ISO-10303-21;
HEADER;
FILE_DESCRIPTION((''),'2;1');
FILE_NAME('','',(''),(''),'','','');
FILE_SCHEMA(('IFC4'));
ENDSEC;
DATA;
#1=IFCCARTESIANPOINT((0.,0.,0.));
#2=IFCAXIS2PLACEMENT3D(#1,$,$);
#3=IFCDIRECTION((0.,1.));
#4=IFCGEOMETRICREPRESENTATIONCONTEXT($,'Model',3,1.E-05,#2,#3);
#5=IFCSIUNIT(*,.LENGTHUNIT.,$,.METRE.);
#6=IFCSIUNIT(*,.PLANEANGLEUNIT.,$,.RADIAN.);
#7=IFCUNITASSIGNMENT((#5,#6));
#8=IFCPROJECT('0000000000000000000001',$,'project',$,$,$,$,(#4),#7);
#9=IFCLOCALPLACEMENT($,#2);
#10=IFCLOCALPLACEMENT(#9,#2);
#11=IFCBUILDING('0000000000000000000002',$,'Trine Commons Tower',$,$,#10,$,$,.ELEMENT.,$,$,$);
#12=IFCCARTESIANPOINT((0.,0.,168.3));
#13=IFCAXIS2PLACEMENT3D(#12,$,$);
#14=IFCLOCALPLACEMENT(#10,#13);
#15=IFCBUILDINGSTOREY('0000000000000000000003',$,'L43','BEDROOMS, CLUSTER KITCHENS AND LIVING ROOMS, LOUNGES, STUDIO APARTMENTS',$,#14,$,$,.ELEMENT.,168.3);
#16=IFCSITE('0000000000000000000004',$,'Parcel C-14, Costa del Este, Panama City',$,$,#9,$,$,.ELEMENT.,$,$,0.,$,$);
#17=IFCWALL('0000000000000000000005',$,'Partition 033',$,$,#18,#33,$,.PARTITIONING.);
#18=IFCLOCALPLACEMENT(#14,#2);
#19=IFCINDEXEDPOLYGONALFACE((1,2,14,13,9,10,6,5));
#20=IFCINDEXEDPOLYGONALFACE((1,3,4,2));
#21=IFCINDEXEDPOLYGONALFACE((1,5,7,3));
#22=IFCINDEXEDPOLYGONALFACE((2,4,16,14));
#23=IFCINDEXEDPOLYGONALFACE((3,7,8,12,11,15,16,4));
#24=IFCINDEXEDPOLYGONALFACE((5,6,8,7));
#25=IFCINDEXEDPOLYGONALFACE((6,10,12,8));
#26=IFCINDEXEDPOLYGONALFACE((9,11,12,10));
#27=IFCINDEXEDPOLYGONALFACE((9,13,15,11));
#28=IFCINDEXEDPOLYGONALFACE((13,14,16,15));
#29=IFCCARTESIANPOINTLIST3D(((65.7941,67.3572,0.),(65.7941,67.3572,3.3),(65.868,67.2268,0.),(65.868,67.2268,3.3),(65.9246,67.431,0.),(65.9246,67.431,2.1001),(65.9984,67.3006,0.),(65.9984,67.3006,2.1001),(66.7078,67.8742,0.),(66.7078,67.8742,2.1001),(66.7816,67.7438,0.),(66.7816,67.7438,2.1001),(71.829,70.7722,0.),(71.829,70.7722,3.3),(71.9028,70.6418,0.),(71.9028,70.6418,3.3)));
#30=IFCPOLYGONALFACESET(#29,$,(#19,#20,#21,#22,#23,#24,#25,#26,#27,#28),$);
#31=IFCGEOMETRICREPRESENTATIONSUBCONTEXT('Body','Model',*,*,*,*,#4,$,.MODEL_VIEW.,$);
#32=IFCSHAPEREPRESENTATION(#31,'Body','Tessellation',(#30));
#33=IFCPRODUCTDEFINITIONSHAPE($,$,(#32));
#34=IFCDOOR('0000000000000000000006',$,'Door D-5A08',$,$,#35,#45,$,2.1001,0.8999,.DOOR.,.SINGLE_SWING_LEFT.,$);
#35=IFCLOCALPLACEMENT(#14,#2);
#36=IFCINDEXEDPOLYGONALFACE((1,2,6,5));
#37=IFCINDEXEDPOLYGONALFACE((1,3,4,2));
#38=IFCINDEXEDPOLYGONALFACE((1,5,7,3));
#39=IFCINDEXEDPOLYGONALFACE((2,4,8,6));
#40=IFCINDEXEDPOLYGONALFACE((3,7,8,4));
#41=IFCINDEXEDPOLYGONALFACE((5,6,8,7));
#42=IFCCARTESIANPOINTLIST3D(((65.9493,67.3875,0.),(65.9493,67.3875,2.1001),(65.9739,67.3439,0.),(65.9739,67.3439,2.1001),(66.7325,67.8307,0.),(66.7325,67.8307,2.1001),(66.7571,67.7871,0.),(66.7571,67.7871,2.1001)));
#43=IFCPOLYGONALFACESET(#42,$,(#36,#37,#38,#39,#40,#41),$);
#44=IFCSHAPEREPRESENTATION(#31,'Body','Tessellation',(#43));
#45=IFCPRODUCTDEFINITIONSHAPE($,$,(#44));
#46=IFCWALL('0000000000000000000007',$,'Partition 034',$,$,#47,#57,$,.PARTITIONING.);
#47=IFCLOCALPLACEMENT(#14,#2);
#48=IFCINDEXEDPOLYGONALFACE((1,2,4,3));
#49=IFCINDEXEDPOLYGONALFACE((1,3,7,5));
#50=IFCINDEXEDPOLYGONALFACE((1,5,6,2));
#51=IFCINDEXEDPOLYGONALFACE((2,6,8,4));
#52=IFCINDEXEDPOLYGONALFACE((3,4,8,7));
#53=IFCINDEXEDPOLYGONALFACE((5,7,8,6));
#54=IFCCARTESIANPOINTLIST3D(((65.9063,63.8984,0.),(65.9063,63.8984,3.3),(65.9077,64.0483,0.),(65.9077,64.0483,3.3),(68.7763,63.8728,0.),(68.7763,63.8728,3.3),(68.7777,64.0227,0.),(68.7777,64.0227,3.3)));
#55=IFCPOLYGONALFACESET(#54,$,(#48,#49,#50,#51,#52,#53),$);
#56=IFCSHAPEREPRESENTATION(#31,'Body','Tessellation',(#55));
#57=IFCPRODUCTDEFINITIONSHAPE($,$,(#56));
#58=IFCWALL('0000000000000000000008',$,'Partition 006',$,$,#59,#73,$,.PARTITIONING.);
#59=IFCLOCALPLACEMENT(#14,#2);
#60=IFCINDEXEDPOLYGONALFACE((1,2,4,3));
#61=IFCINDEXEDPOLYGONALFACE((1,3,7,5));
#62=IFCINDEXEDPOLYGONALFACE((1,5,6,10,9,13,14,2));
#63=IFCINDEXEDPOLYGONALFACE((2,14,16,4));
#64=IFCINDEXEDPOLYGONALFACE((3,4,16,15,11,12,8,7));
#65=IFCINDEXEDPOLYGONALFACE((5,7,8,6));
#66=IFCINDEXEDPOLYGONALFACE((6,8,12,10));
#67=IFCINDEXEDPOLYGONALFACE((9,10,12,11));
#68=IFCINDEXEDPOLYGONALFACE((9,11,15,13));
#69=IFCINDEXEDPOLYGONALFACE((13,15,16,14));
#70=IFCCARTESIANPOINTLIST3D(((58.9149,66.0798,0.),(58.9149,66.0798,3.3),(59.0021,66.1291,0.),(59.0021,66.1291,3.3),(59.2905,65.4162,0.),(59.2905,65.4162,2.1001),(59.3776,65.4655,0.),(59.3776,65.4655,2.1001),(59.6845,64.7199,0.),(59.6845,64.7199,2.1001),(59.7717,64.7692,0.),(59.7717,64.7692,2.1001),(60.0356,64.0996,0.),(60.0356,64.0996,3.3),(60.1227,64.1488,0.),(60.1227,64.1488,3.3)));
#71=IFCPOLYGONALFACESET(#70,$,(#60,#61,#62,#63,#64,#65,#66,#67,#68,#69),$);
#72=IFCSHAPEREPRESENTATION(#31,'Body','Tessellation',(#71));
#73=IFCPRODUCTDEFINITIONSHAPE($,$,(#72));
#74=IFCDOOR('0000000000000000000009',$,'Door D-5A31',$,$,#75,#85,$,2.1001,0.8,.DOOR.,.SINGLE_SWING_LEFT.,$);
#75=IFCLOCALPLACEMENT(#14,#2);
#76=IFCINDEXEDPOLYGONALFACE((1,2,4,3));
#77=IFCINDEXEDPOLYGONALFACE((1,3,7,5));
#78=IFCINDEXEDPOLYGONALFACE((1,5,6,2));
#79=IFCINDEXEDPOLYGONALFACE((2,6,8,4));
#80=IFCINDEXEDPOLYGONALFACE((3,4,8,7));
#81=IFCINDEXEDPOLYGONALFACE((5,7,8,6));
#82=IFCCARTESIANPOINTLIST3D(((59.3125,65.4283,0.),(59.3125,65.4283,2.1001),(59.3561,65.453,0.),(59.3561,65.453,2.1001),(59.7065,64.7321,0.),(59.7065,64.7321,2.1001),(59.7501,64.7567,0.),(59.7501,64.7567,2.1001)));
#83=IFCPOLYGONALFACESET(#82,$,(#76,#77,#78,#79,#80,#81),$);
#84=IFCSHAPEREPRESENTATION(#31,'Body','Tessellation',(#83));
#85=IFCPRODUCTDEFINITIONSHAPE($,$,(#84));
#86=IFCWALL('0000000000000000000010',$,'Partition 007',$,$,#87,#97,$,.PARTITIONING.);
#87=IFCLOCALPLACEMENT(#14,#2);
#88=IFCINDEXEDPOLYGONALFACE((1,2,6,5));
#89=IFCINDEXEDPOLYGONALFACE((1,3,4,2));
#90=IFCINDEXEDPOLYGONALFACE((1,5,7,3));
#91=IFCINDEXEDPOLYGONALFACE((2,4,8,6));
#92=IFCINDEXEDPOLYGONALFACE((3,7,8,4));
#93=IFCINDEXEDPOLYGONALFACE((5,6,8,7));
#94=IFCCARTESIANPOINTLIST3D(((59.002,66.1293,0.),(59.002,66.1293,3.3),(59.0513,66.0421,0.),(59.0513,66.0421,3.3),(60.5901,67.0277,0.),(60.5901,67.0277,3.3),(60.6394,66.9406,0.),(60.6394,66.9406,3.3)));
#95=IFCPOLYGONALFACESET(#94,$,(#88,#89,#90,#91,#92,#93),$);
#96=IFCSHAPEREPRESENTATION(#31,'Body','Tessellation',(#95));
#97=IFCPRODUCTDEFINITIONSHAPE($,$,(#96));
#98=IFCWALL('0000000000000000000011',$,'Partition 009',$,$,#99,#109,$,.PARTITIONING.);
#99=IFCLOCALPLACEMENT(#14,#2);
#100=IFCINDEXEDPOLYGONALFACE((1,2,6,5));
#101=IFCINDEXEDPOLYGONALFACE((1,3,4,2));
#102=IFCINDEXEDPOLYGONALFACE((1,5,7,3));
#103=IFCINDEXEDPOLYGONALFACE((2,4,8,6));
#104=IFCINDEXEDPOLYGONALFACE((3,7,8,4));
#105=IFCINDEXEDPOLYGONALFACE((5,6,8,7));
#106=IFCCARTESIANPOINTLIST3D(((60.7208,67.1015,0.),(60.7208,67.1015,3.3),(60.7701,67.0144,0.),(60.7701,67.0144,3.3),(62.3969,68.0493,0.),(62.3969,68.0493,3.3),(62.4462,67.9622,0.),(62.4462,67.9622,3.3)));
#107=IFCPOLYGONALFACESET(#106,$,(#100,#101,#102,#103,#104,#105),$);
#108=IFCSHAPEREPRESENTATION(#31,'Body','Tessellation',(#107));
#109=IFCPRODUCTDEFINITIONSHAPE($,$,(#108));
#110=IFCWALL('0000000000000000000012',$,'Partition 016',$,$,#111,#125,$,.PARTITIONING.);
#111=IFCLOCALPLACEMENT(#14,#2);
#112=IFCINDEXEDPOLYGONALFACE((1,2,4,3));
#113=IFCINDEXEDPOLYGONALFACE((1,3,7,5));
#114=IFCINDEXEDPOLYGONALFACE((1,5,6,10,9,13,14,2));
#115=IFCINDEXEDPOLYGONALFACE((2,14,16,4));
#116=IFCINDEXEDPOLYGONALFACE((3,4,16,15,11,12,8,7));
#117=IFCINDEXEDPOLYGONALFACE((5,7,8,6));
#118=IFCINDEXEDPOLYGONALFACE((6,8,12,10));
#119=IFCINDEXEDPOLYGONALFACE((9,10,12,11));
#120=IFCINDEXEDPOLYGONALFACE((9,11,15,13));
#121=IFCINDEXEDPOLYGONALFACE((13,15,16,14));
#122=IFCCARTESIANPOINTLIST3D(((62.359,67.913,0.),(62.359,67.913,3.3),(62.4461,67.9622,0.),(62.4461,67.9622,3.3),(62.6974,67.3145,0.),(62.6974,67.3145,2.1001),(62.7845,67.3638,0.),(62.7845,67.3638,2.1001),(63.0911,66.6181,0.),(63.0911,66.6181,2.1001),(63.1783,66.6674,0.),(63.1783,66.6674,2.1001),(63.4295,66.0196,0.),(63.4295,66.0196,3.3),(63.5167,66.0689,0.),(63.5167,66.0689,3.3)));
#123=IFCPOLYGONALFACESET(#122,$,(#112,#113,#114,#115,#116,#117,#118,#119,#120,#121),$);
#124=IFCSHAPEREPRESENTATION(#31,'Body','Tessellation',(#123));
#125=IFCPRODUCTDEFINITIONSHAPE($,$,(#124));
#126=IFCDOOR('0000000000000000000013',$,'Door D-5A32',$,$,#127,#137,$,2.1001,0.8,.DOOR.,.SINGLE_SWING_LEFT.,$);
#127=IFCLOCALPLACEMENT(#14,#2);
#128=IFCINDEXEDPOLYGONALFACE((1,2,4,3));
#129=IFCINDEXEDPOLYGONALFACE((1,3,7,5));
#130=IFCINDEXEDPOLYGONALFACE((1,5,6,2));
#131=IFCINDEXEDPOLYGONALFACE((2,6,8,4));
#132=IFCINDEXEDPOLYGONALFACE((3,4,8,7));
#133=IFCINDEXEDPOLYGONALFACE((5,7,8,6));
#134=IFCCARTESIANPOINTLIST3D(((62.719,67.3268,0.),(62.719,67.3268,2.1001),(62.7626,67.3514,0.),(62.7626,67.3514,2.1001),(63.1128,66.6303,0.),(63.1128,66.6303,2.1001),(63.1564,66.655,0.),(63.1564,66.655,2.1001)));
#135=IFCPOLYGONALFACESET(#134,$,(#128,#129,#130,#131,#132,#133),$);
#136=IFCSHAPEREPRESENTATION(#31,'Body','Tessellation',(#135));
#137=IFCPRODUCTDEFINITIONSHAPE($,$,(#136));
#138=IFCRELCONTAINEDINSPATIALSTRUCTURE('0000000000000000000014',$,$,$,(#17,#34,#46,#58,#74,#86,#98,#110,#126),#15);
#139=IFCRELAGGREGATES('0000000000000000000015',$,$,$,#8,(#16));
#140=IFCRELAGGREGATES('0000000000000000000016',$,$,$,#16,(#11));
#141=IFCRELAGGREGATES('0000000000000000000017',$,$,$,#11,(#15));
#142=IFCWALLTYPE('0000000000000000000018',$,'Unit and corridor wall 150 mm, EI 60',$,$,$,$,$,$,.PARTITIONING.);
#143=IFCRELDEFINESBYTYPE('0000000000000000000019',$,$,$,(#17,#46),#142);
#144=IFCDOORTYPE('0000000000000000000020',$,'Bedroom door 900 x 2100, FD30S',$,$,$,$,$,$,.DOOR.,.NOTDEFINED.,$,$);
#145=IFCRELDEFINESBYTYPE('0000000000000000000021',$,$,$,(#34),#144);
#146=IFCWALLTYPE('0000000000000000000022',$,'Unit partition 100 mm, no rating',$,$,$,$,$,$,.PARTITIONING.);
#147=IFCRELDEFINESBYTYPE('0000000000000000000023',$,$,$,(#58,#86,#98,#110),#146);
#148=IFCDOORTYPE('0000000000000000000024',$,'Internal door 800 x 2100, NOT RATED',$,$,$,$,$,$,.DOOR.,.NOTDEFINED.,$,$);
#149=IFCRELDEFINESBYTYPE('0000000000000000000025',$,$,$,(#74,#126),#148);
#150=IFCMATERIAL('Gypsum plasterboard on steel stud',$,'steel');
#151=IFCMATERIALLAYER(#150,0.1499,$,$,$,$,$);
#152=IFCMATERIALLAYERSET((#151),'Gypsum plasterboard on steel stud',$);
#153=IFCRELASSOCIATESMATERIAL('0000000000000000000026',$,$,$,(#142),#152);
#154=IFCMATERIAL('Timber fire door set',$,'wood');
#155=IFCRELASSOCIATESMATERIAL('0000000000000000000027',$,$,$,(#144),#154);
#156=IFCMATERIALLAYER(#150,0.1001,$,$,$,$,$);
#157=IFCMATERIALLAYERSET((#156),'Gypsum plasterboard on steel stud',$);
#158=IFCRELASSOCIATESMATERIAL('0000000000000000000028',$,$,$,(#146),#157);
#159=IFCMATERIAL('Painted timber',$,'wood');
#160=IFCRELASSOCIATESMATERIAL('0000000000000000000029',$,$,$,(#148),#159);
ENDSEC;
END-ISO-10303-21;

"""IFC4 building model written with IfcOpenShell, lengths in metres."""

from ifc_helpers import new_model, si_unit, direction, frame, frame_2d, origin, place, context, subcontext, project, spatial, rectangle, extrude, material, layer, layer_set, type_object, element, fill, save


model = new_model("IFC4")

# Units and contexts
model_context = context("Model", 3, precision=1e-05, world=origin(), true_north=direction((0.0, 1.0)))
body_context = subcontext(model_context, "Body", "Model", "MODEL_VIEW")
ifc_project = project(units=[si_unit("LENGTHUNIT", "METRE"), si_unit("PLANEANGLEUNIT", "RADIAN")], contexts=[model_context])

# Site, building, storey
site_placement = place(None, origin())
site = spatial("IfcSite", under=ifc_project, at=site_placement, Name="Parcel C-14, Costa del Este, Panama City", CompositionType="ELEMENT", RefElevation=0.0)
building_placement = place(site_placement, origin())
building = spatial("IfcBuilding", under=site, at=building_placement, Name="Trine Commons Tower", CompositionType="ELEMENT")
storey_placement = place(building_placement, frame((0.0, 0.0, 168.3)))
storey = spatial("IfcBuildingStorey", under=building, at=storey_placement, Name="L43", Description="BEDROOMS, CLUSTER KITCHENS AND LIVING ROOMS, LOUNGES, STUDIO APARTMENTS", CompositionType="ELEMENT", Elevation=168.3)

# Shared definitions
ifc_material_1 = material(Name="Gypsum plasterboard on steel stud", Category="steel")
ifc_layer_1 = layer(ifc_material_1, 0.1499)
ifc_layer_set_1 = layer_set([ifc_layer_1], Name="Gypsum plasterboard on steel stud")
wall_type_1 = type_object("IfcWallType", Name="Unit and corridor wall 150 mm, EI 60", PredefinedType="PARTITIONING", material=ifc_layer_set_1)

# Shared definitions
ifc_material_2 = material(Name="Timber fire door set", Category="wood")

# Shared definitions
ifc_material_3 = material(Name="Painted timber", Category="wood")

# Wall, opening, door
wall_1_placement = place(storey_placement, frame((65.8311, 67.292, 0.0), z_axis=(0.0, 0.0, 1.0), x_axis=(0.870316, 0.492495, 0.0)))
wall_1 = element("IfcWall", 1, at=wall_1_placement, inside=storey, type_object=wall_type_1, Name="Partition 033", PredefinedType="PARTITIONING", context=body_context, shape_type="SweptSolid", body=[
    extrude(rectangle(XDim=6.9341, YDim=0.1499, at=frame_2d((3.467, 0.0))), origin(), (0.0, 0.0, 1.0), 3.3),
])
opening_1_placement = place(wall_1_placement, frame((0.1499, 0.0, 0.0)))
opening_1 = element("IfcOpeningElement", 2, at=opening_1_placement, cuts=wall_1, PredefinedType="OPENING", context=body_context, shape_type="SweptSolid", body=[
    extrude(rectangle(XDim=0.8999, YDim=2.1001, at=frame_2d((0.45, 1.05))), frame((0.0, 0.085, 0.0), z_axis=(0.0, -1.0, 0.0), x_axis=(1.0, 0.0, 0.0)), (0.0, 0.0, 1.0), 0.1699),
])
door_type_1 = type_object("IfcDoorType", Name="Bedroom door 900 x 2100, FD30S", OperationType="NOTDEFINED", PredefinedType="DOOR", material=ifc_material_2)
door_1_placement = place(opening_1_placement, origin())
door_1 = element("IfcDoor", 3, at=door_1_placement, inside=storey, type_object=door_type_1, Name="Door D-5A08", OperationType="SINGLE_SWING_LEFT", OverallHeight=2.1001, OverallWidth=0.8999, PredefinedType="DOOR", context=body_context, shape_type="SweptSolid", body=[
    extrude(rectangle(XDim=0.8999, YDim=2.1001, at=frame_2d((0.45, 1.05))), frame((0.0, 0.0249, 0.0), z_axis=(0.0, -1.0, 0.0), x_axis=(1.0, 0.0, 0.0)), (0.0, 0.0, 1.0), 0.05),
])
fill(opening_1, door_1)

# Wall
wall_2_placement = place(storey_placement, frame((65.907, 63.9734, 0.0), z_axis=(0.0, 0.0, 1.0), x_axis=(0.99996, -0.008931, 0.0)))
element("IfcWall", 4, at=wall_2_placement, inside=storey, type_object=wall_type_1, Name="Partition 034", PredefinedType="PARTITIONING", context=body_context, shape_type="SweptSolid", body=[
    extrude(rectangle(XDim=2.8701, YDim=0.1499, at=frame_2d((1.4351, 0.0))), origin(), (0.0, 0.0, 1.0), 3.3),
])

# Wall, opening, door
ifc_layer_2 = layer(ifc_material_1, 0.1001)
ifc_layer_set_2 = layer_set([ifc_layer_2], Name="Gypsum plasterboard on steel stud")
wall_type_2 = type_object("IfcWallType", Name="Unit partition 100 mm, no rating", PredefinedType="PARTITIONING", material=ifc_layer_set_2)
wall_3_placement = place(storey_placement, frame((58.9585, 66.1045, 0.0), z_axis=(0.0, 0.0, 1.0), x_axis=(0.492506, -0.870309, 0.0)))
wall_3 = element("IfcWall", 5, at=wall_3_placement, inside=storey, type_object=wall_type_2, Name="Partition 006", PredefinedType="PARTITIONING", context=body_context, shape_type="SweptSolid", body=[
    extrude(rectangle(XDim=2.2754, YDim=0.1001, at=frame_2d((1.1377, 0.0))), origin(), (0.0, 0.0, 1.0), 3.3),
])
opening_2_placement = place(wall_3_placement, frame((0.7627, 0.0, 0.0)))
opening_2 = element("IfcOpeningElement", 6, at=opening_2_placement, cuts=wall_3, PredefinedType="OPENING", context=body_context, shape_type="SweptSolid", body=[
    extrude(rectangle(XDim=0.8, YDim=2.1001, at=frame_2d((0.3999, 1.05))), frame((0.0, 0.0601, 0.0), z_axis=(0.0, -1.0, 0.0), x_axis=(1.0, 0.0, 0.0)), (0.0, 0.0, 1.0), 0.1201),
])
door_type_2 = type_object("IfcDoorType", Name="Internal door 800 x 2100, NOT RATED", OperationType="NOTDEFINED", PredefinedType="DOOR", material=ifc_material_3)
door_2_placement = place(opening_2_placement, frame((0.8, 0.0, 0.0), z_axis=(0.0, 0.0, 1.0), x_axis=(-1.0, 0.0, 0.0)))
door_2 = element("IfcDoor", 7, at=door_2_placement, inside=storey, type_object=door_type_2, Name="Door D-5A31", OperationType="SINGLE_SWING_LEFT", OverallHeight=2.1001, OverallWidth=0.8, PredefinedType="DOOR", context=body_context, shape_type="SweptSolid", body=[
    extrude(rectangle(XDim=0.8, YDim=2.1001, at=frame_2d((0.3999, 1.05))), frame((0.0, 0.0249, 0.0), z_axis=(0.0, -1.0, 0.0), x_axis=(1.0, 0.0, 0.0)), (0.0, 0.0, 1.0), 0.05),
])
fill(opening_2, door_2)

# Walls
wall_4_placement = place(storey_placement, frame((59.0266, 66.0857, 0.0), z_axis=(0.0, 0.0, 1.0), x_axis=(0.870376, 0.492388, 0.0)))
element("IfcWall", 8, at=wall_4_placement, inside=storey, type_object=wall_type_2, Name="Partition 007", PredefinedType="PARTITIONING", context=body_context, shape_type="SweptSolid", body=[
    extrude(rectangle(XDim=1.8247, YDim=0.1001, at=frame_2d((0.9124, 0.0))), origin(), (0.0, 0.0, 1.0), 3.3),
])
wall_5_placement = place(storey_placement, frame((60.7454, 67.0579, 0.0), z_axis=(0.0, 0.0, 1.0), x_axis=(0.870466, 0.492229, 0.0)))
element("IfcWall", 9, at=wall_5_placement, inside=storey, type_object=wall_type_2, Name="Partition 009", PredefinedType="PARTITIONING", context=body_context, shape_type="SweptSolid", body=[
    extrude(rectangle(XDim=1.9255, YDim=0.1001, at=frame_2d((0.9629, 0.0))), origin(), (0.0, 0.0, 1.0), 3.3),
])

# Wall, opening, door
wall_6_placement = place(storey_placement, frame((62.4026, 67.9375, 0.0), z_axis=(0.0, 0.0, 1.0), x_axis=(0.492205, -0.870479, 0.0)))
wall_6 = element("IfcWall", 10, at=wall_6_placement, inside=storey, type_object=wall_type_2, Name="Partition 016", PredefinedType="PARTITIONING", context=body_context, shape_type="SweptSolid", body=[
    extrude(rectangle(XDim=2.175, YDim=0.1001, at=frame_2d((1.0874, 0.0))), origin(), (0.0, 0.0, 1.0), 3.3),
])
opening_3_placement = place(wall_6_placement, frame((0.6875, 0.0, 0.0)))
opening_3 = element("IfcOpeningElement", 11, at=opening_3_placement, cuts=wall_6, PredefinedType="OPENING", context=body_context, shape_type="SweptSolid", body=[
    extrude(rectangle(XDim=0.8, YDim=2.1001, at=frame_2d((0.3999, 1.05))), frame((0.0, 0.0601, 0.0), z_axis=(0.0, -1.0, 0.0), x_axis=(1.0, 0.0, 0.0)), (0.0, 0.0, 1.0), 0.1201),
])
door_3_placement = place(opening_3_placement, origin())
door_3 = element("IfcDoor", 12, at=door_3_placement, inside=storey, type_object=door_type_2, Name="Door D-5A32", OperationType="SINGLE_SWING_LEFT", OverallHeight=2.1001, OverallWidth=0.8, PredefinedType="DOOR", context=body_context, shape_type="SweptSolid", body=[
    extrude(rectangle(XDim=0.8, YDim=2.1001, at=frame_2d((0.3999, 1.05))), frame((0.0, 0.0249, 0.0), z_axis=(0.0, -1.0, 0.0), x_axis=(1.0, 0.0, 0.0)), (0.0, 0.0, 1.0), 0.05),
])
fill(opening_3, door_3)

save(model, "model.ifc")
